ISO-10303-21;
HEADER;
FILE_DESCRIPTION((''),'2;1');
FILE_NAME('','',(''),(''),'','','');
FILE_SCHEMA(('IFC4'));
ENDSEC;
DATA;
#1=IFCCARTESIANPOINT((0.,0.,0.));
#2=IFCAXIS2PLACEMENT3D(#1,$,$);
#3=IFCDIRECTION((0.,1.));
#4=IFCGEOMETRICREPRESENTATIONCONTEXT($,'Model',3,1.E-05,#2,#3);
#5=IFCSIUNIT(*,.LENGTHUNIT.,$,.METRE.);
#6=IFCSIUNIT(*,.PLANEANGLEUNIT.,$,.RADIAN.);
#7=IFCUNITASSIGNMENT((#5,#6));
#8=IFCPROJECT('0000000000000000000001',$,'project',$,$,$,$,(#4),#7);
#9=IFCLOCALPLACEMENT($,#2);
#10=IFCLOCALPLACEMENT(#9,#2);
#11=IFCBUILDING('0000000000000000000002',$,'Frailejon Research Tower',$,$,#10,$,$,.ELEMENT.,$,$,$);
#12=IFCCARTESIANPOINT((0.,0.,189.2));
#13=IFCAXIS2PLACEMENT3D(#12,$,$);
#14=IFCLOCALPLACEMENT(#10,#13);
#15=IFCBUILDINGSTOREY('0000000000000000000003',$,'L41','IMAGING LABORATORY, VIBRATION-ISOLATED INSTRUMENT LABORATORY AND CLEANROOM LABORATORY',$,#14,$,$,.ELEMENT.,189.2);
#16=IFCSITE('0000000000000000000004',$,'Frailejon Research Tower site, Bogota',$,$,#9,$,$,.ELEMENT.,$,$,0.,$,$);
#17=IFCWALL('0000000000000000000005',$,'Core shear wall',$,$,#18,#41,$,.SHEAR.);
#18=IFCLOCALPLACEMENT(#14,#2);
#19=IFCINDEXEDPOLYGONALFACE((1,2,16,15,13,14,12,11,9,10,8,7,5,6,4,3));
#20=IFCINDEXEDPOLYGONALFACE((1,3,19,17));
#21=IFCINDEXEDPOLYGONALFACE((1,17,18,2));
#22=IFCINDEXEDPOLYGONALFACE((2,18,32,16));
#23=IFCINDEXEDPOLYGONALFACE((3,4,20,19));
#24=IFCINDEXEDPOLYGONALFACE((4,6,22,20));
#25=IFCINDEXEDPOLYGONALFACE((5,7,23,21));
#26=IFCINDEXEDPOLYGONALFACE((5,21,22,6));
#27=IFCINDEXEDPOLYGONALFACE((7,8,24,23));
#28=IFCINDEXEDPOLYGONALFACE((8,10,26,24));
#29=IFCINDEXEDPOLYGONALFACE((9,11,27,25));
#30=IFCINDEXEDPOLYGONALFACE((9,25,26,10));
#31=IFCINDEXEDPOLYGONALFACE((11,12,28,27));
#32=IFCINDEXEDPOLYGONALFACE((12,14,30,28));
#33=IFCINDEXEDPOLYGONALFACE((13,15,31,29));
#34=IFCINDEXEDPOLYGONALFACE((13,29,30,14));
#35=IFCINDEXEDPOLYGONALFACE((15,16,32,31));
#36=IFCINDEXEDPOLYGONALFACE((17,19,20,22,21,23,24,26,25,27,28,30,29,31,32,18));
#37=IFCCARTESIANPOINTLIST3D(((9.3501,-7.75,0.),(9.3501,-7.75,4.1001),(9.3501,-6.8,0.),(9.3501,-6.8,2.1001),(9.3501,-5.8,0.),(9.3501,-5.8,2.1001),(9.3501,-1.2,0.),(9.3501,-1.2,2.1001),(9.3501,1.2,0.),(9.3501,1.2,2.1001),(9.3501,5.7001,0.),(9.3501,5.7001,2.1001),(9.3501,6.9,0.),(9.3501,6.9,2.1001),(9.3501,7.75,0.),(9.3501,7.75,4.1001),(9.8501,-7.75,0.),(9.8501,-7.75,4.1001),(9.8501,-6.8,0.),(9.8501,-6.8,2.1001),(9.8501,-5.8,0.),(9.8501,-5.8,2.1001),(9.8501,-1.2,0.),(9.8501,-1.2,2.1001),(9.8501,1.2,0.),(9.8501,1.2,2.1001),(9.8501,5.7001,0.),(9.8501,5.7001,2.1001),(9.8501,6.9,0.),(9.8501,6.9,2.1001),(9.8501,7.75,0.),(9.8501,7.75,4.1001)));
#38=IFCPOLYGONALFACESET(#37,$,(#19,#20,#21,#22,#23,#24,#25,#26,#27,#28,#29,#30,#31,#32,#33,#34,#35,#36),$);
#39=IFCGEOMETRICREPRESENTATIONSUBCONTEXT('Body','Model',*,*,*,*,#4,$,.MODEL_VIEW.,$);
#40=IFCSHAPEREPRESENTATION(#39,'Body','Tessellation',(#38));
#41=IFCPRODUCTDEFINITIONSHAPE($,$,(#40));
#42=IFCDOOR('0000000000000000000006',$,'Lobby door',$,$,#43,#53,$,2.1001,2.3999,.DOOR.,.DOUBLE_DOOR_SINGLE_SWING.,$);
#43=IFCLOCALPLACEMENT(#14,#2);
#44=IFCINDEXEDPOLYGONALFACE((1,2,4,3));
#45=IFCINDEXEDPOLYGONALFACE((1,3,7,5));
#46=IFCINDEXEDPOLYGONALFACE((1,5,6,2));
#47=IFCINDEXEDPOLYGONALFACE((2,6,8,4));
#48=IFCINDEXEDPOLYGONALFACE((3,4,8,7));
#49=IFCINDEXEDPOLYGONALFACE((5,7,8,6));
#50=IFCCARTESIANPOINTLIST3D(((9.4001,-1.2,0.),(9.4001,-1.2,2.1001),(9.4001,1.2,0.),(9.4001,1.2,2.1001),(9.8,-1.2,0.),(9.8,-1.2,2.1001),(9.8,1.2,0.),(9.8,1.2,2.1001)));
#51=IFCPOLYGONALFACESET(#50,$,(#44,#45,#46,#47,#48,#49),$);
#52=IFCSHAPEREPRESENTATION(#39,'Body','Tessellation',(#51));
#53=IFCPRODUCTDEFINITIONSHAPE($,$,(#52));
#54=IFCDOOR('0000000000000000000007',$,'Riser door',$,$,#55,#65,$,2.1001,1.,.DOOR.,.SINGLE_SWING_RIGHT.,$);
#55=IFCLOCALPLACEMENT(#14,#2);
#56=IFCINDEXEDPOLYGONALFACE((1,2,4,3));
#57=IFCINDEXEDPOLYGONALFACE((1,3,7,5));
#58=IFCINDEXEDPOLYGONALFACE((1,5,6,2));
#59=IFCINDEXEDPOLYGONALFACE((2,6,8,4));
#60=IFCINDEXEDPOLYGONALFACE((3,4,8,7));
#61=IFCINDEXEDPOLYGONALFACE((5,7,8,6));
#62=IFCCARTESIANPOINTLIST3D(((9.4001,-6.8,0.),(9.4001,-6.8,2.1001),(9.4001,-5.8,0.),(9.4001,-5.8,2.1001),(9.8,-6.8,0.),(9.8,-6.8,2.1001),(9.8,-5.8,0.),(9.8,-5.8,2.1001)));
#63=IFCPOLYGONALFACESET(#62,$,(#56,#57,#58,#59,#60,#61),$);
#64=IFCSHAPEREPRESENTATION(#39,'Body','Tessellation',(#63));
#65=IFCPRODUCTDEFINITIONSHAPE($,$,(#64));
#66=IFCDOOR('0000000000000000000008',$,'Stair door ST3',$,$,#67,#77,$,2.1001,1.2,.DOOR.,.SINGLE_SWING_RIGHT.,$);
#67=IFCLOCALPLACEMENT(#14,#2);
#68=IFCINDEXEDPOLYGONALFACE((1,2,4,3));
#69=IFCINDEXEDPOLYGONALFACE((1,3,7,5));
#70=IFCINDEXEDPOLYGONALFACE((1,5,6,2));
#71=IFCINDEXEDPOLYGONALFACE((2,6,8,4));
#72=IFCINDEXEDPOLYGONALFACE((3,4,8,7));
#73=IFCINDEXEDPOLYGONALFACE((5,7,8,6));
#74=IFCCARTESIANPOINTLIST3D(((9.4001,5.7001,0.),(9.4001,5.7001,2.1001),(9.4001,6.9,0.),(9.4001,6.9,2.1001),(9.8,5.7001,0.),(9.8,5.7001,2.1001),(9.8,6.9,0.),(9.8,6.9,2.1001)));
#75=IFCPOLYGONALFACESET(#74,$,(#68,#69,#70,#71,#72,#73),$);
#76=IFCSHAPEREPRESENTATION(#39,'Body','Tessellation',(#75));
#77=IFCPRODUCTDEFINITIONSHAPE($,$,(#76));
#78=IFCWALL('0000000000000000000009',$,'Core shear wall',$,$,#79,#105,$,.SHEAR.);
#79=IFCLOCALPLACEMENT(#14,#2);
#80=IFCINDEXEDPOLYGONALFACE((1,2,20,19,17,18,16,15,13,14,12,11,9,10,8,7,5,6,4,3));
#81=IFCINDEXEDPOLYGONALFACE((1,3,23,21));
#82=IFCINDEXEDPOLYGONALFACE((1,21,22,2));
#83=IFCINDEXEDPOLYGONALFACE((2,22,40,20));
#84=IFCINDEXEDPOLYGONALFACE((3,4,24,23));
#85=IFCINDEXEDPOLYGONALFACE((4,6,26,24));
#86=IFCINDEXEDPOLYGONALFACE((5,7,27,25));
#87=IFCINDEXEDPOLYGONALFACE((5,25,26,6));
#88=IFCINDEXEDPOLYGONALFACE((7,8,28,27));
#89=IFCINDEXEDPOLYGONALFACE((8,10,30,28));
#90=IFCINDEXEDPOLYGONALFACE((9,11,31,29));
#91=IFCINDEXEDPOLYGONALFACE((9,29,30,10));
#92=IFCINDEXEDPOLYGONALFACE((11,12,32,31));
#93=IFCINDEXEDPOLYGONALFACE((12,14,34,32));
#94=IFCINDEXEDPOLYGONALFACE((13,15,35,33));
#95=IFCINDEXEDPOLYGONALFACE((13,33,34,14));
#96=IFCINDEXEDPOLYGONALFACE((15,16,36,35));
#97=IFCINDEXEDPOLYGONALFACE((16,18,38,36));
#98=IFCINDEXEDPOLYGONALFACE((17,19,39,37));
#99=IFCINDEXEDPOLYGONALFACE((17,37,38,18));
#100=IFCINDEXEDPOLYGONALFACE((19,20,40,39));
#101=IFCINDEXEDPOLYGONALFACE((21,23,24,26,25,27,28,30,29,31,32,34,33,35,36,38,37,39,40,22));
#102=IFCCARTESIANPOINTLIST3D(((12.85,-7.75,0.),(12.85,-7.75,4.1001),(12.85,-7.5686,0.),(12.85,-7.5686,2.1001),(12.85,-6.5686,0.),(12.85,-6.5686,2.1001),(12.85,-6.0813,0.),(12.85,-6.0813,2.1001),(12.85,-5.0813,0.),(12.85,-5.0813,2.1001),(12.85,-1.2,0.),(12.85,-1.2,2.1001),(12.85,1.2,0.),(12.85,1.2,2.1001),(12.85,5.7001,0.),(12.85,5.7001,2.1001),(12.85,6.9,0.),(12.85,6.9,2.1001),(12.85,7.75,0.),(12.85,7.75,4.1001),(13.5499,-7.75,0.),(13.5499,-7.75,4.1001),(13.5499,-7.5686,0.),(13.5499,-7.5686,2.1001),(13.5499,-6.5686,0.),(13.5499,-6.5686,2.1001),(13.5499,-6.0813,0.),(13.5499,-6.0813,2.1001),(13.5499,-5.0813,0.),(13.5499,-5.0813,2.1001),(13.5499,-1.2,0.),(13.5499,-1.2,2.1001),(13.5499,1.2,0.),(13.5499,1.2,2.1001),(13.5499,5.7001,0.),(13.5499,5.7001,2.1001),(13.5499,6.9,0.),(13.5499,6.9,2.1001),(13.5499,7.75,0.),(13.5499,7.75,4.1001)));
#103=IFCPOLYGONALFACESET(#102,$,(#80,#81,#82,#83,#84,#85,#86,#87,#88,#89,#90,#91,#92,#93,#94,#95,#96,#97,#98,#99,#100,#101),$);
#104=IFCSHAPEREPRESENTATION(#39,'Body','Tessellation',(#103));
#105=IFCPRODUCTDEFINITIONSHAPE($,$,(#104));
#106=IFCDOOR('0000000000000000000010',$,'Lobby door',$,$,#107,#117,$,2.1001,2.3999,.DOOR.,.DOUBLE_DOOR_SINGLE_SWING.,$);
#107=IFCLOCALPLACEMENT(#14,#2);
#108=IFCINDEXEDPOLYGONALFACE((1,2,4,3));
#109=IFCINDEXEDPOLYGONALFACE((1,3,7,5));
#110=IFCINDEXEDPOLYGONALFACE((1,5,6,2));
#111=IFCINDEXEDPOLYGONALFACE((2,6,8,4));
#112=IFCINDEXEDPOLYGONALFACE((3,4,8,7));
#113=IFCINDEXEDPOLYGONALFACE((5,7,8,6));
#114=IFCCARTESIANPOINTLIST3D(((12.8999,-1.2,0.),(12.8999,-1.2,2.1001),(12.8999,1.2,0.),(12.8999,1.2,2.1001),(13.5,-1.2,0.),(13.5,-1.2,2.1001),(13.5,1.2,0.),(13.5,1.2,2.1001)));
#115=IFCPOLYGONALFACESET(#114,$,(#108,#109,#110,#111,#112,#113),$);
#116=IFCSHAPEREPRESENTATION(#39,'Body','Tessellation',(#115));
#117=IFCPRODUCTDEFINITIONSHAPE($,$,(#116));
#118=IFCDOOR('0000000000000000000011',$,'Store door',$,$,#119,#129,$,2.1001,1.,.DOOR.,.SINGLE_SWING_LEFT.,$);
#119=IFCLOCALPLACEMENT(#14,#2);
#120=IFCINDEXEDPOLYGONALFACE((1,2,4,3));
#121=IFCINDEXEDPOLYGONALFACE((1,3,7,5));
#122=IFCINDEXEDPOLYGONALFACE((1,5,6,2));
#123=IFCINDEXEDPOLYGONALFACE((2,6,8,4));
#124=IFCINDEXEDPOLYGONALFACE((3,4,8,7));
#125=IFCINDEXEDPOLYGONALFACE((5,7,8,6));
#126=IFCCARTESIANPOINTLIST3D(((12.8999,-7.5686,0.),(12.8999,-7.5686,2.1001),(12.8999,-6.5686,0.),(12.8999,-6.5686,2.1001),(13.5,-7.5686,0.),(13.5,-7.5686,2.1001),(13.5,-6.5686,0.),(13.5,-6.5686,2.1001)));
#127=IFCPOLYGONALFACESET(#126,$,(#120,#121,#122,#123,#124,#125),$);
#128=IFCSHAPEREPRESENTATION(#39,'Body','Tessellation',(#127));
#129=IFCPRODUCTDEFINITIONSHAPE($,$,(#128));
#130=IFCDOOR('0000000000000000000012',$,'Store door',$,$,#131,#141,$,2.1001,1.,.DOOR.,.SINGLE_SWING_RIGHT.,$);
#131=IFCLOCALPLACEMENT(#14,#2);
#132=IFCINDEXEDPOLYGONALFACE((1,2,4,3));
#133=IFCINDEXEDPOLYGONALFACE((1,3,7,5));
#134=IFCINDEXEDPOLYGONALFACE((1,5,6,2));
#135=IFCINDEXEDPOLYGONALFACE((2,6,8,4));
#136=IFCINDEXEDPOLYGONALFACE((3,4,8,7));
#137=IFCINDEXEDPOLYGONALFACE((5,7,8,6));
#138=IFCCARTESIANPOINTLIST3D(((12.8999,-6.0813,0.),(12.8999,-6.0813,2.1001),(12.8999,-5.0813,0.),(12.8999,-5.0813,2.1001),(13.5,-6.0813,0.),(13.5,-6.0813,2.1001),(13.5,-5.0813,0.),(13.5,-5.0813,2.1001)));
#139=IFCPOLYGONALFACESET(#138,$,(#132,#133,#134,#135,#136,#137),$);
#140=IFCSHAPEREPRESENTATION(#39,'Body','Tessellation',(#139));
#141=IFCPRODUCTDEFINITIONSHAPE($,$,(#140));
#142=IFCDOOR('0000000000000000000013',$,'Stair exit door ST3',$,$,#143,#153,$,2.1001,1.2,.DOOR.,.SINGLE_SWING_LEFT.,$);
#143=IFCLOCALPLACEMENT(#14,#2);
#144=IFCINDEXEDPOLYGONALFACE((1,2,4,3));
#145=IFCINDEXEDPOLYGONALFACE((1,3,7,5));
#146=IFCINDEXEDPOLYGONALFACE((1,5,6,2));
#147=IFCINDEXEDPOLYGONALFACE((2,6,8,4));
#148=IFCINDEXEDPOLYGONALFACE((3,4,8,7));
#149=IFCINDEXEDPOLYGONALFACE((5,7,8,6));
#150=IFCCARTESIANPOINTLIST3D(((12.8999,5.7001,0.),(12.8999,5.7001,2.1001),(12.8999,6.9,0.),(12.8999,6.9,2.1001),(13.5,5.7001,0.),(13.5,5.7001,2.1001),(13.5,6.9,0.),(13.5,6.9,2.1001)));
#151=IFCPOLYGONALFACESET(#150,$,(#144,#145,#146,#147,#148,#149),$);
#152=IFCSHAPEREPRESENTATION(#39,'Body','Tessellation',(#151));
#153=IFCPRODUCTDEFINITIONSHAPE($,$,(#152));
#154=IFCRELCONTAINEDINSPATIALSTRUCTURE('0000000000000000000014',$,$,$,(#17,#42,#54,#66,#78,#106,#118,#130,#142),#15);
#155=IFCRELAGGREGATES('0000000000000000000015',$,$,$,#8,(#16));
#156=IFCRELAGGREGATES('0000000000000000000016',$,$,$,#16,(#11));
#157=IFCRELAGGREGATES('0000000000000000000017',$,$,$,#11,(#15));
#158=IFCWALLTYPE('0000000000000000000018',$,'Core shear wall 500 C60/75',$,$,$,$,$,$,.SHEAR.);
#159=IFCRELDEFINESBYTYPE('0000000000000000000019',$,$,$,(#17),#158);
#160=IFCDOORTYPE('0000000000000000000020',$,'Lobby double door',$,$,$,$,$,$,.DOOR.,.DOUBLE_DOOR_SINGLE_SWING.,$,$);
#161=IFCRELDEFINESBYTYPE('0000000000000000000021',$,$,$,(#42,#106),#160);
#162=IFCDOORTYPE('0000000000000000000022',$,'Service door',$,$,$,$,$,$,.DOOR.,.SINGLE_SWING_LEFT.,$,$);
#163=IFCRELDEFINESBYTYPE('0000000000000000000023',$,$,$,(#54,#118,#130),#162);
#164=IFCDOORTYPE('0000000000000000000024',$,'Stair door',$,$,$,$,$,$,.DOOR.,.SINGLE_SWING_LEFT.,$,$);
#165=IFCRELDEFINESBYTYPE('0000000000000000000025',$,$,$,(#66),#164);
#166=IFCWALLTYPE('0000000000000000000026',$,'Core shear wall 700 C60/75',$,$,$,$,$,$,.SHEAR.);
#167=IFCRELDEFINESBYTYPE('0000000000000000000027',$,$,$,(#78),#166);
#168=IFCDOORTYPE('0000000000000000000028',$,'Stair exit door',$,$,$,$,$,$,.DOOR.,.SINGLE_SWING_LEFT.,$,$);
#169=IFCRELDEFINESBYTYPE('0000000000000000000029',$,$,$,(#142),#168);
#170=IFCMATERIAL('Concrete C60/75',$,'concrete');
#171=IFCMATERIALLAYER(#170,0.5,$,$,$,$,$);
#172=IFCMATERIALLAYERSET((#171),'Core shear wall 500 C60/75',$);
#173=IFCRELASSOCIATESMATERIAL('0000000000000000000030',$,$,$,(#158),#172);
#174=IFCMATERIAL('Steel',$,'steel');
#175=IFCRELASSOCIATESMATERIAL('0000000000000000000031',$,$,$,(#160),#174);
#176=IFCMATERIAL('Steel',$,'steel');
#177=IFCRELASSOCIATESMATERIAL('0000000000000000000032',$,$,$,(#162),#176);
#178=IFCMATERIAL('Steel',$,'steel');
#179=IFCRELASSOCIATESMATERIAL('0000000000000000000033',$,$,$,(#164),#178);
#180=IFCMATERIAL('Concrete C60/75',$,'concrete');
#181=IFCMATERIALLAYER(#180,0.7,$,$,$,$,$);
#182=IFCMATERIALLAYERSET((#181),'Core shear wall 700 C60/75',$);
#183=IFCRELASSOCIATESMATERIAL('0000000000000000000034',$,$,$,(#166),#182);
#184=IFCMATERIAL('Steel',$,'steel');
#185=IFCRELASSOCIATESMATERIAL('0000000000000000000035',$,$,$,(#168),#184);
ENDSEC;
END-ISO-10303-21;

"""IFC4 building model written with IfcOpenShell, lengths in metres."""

from ifc_helpers import new_model, si_unit, direction, frame, frame_2d, origin, place, context, subcontext, project, spatial, rectangle, extrude, material, layer, layer_set, type_object, element, fill, save


model = new_model("IFC4")

# Units and contexts
model_context = context("Model", 3, precision=1e-05, world=origin(), true_north=direction((0.0, 1.0)))
body_context = subcontext(model_context, "Body", "Model", "MODEL_VIEW")
ifc_project = project(units=[si_unit("LENGTHUNIT", "METRE"), si_unit("PLANEANGLEUNIT", "RADIAN")], contexts=[model_context])

# Site, building, storey
site_placement = place(None, origin())
site = spatial("IfcSite", under=ifc_project, at=site_placement, Name="Frailejon Research Tower site, Bogota", CompositionType="ELEMENT", RefElevation=0.0)
building_placement = place(site_placement, origin())
building = spatial("IfcBuilding", under=site, at=building_placement, Name="Frailejon Research Tower", CompositionType="ELEMENT")
storey_placement = place(building_placement, frame((0.0, 0.0, 189.2)))
storey = spatial("IfcBuildingStorey", under=building, at=storey_placement, Name="L41", Description="IMAGING LABORATORY, VIBRATION-ISOLATED INSTRUMENT LABORATORY AND CLEANROOM LABORATORY", CompositionType="ELEMENT", Elevation=189.2)

# Walls, openings, doors
ifc_material_1 = material(Name="Concrete C60/75", Category="concrete")
ifc_layer_1 = layer(ifc_material_1, 0.5)
ifc_layer_set_1 = layer_set([ifc_layer_1], Name="Core shear wall 500 C60/75")
wall_type_1 = type_object("IfcWallType", Name="Core shear wall 500 C60/75", PredefinedType="SHEAR", material=ifc_layer_set_1)
wall_1_placement = place(storey_placement, frame((9.6001, -7.75, 0.0), z_axis=(0.0, 0.0, 1.0), x_axis=(0.0, 1.0, 0.0)))
wall_1 = element("IfcWall", 1, at=wall_1_placement, inside=storey, type_object=wall_type_1, Name="Core shear wall", PredefinedType="SHEAR", context=body_context, shape_type="SweptSolid", body=[
    extrude(rectangle(XDim=15.5, YDim=0.5, at=frame_2d((7.75, 0.0))), origin(), (0.0, 0.0, 1.0), 4.1001),
])
opening_1_placement = place(wall_1_placement, frame((6.55, 0.0, 0.0)))
opening_1 = element("IfcOpeningElement", 2, at=opening_1_placement, cuts=wall_1, PredefinedType="OPENING", context=body_context, shape_type="SweptSolid", body=[
    extrude(rectangle(XDim=2.3999, YDim=2.1001, at=frame_2d((1.2, 1.05))), frame((0.0, 0.26, 0.0), z_axis=(0.0, -1.0, 0.0), x_axis=(1.0, 0.0, 0.0)), (0.0, 0.0, 1.0), 0.52),
])
opening_2_placement = place(wall_1_placement, frame((13.45, 0.0, 0.0)))
opening_2 = element("IfcOpeningElement", 3, at=opening_2_placement, cuts=wall_1, PredefinedType="OPENING", context=body_context, shape_type="SweptSolid", body=[
    extrude(rectangle(XDim=1.2, YDim=2.1001, at=frame_2d((0.6001, 1.05))), frame((0.0, 0.26, 0.0), z_axis=(0.0, -1.0, 0.0), x_axis=(1.0, 0.0, 0.0)), (0.0, 0.0, 1.0), 0.52),
])
opening_3_placement = place(wall_1_placement, frame((0.95, 0.0, 0.0)))
opening_3 = element("IfcOpeningElement", 4, at=opening_3_placement, cuts=wall_1, PredefinedType="OPENING", context=body_context, shape_type="SweptSolid", body=[
    extrude(rectangle(XDim=1.0, YDim=2.1001, at=frame_2d((0.5, 1.05))), frame((0.0, 0.26, 0.0), z_axis=(0.0, -1.0, 0.0), x_axis=(1.0, 0.0, 0.0)), (0.0, 0.0, 1.0), 0.52),
])
ifc_material_2 = material(Name="Steel", Category="steel")
door_type_1 = type_object("IfcDoorType", Name="Lobby double door", OperationType="DOUBLE_DOOR_SINGLE_SWING", PredefinedType="DOOR", material=ifc_material_2)
door_1_placement = place(opening_1_placement, origin())
door_1 = element("IfcDoor", 5, at=door_1_placement, inside=storey, type_object=door_type_1, Name="Lobby door", OperationType="DOUBLE_DOOR_SINGLE_SWING", OverallHeight=2.1001, OverallWidth=2.3999, PredefinedType="DOOR", context=body_context, shape_type="SweptSolid", body=[
    extrude(rectangle(XDim=2.3999, YDim=2.1001, at=frame_2d((1.2, 1.05))), frame((0.0, 0.2, 0.0), z_axis=(0.0, -1.0, 0.0), x_axis=(1.0, 0.0, 0.0)), (0.0, 0.0, 1.0), 0.3999),
])
fill(opening_1, door_1)
ifc_material_3 = material(Name="Steel", Category="steel")
door_type_2 = type_object("IfcDoorType", Name="Service door", OperationType="SINGLE_SWING_LEFT", PredefinedType="DOOR", material=ifc_material_3)
door_2_placement = place(opening_3_placement, origin())
door_2 = element("IfcDoor", 6, at=door_2_placement, inside=storey, type_object=door_type_2, Name="Riser door", OperationType="SINGLE_SWING_RIGHT", OverallHeight=2.1001, OverallWidth=1.0, PredefinedType="DOOR", context=body_context, shape_type="SweptSolid", body=[
    extrude(rectangle(XDim=1.0, YDim=2.1001, at=frame_2d((0.5, 1.05))), frame((0.0, 0.2, 0.0), z_axis=(0.0, -1.0, 0.0), x_axis=(1.0, 0.0, 0.0)), (0.0, 0.0, 1.0), 0.3999),
])
fill(opening_3, door_2)
ifc_material_4 = material(Name="Steel", Category="steel")
door_type_3 = type_object("IfcDoorType", Name="Stair door", OperationType="SINGLE_SWING_LEFT", PredefinedType="DOOR", material=ifc_material_4)
door_3_placement = place(opening_2_placement, origin())
door_3 = element("IfcDoor", 7, at=door_3_placement, inside=storey, type_object=door_type_3, Name="Stair door ST3", OperationType="SINGLE_SWING_RIGHT", OverallHeight=2.1001, OverallWidth=1.2, PredefinedType="DOOR", context=body_context, shape_type="SweptSolid", body=[
    extrude(rectangle(XDim=1.2, YDim=2.1001, at=frame_2d((0.6001, 1.05))), frame((0.0, 0.2, 0.0), z_axis=(0.0, -1.0, 0.0), x_axis=(1.0, 0.0, 0.0)), (0.0, 0.0, 1.0), 0.3999),
])
fill(opening_2, door_3)
ifc_material_5 = material(Name="Concrete C60/75", Category="concrete")
ifc_layer_2 = layer(ifc_material_5, 0.7)
ifc_layer_set_2 = layer_set([ifc_layer_2], Name="Core shear wall 700 C60/75")
wall_type_2 = type_object("IfcWallType", Name="Core shear wall 700 C60/75", PredefinedType="SHEAR", material=ifc_layer_set_2)
wall_2_placement = place(storey_placement, frame((13.2, -7.75, 0.0), z_axis=(0.0, 0.0, 1.0), x_axis=(0.0, 1.0, 0.0)))
wall_2 = element("IfcWall", 8, at=wall_2_placement, inside=storey, type_object=wall_type_2, Name="Core shear wall", PredefinedType="SHEAR", context=body_context, shape_type="SweptSolid", body=[
    extrude(rectangle(XDim=15.5, YDim=0.7, at=frame_2d((7.75, 0.0))), origin(), (0.0, 0.0, 1.0), 4.1001),
])
opening_4_placement = place(wall_2_placement, frame((6.55, 0.0, 0.0)))
opening_4 = element("IfcOpeningElement", 9, at=opening_4_placement, cuts=wall_2, PredefinedType="OPENING", context=body_context, shape_type="SweptSolid", body=[
    extrude(rectangle(XDim=2.3999, YDim=2.1001, at=frame_2d((1.2, 1.05))), frame((0.0, 0.3599, 0.0), z_axis=(0.0, -1.0, 0.0), x_axis=(1.0, 0.0, 0.0)), (0.0, 0.0, 1.0), 0.72),
])
opening_5_placement = place(wall_2_placement, frame((13.45, 0.0, 0.0)))
opening_5 = element("IfcOpeningElement", 10, at=opening_5_placement, cuts=wall_2, PredefinedType="OPENING", context=body_context, shape_type="SweptSolid", body=[
    extrude(rectangle(XDim=1.2, YDim=2.1001, at=frame_2d((0.6001, 1.05))), frame((0.0, 0.3599, 0.0), z_axis=(0.0, -1.0, 0.0), x_axis=(1.0, 0.0, 0.0)), (0.0, 0.0, 1.0), 0.72),
])
opening_6_placement = place(wall_2_placement, frame((0.1814, 0.0, 0.0)))
opening_6 = element("IfcOpeningElement", 11, at=opening_6_placement, cuts=wall_2, PredefinedType="OPENING", context=body_context, shape_type="SweptSolid", body=[
    extrude(rectangle(XDim=1.0, YDim=2.1001, at=frame_2d((0.5, 1.05))), frame((0.0, 0.3599, 0.0), z_axis=(0.0, -1.0, 0.0), x_axis=(1.0, 0.0, 0.0)), (0.0, 0.0, 1.0), 0.72),
])
opening_7_placement = place(wall_2_placement, frame((1.6687, 0.0, 0.0)))
opening_7 = element("IfcOpeningElement", 12, at=opening_7_placement, cuts=wall_2, PredefinedType="OPENING", context=body_context, shape_type="SweptSolid", body=[
    extrude(rectangle(XDim=1.0, YDim=2.1001, at=frame_2d((0.5, 1.05))), frame((0.0, 0.3599, 0.0), z_axis=(0.0, -1.0, 0.0), x_axis=(1.0, 0.0, 0.0)), (0.0, 0.0, 1.0), 0.72),
])
door_4_placement = place(opening_4_placement, origin())
door_4 = element("IfcDoor", 13, at=door_4_placement, inside=storey, type_object=door_type_1, Name="Lobby door", OperationType="DOUBLE_DOOR_SINGLE_SWING", OverallHeight=2.1001, OverallWidth=2.3999, PredefinedType="DOOR", context=body_context, shape_type="SweptSolid", body=[
    extrude(rectangle(XDim=2.3999, YDim=2.1001, at=frame_2d((1.2, 1.05))), frame((0.0, 0.3, 0.0), z_axis=(0.0, -1.0, 0.0), x_axis=(1.0, 0.0, 0.0)), (0.0, 0.0, 1.0), 0.6001),
])
fill(opening_4, door_4)
door_5_placement = place(opening_6_placement, origin())
door_5 = element("IfcDoor", 14, at=door_5_placement, inside=storey, type_object=door_type_2, Name="Store door", OperationType="SINGLE_SWING_LEFT", OverallHeight=2.1001, OverallWidth=1.0, PredefinedType="DOOR", context=body_context, shape_type="SweptSolid", body=[
    extrude(rectangle(XDim=1.0, YDim=2.1001, at=frame_2d((0.5, 1.05))), frame((0.0, 0.3, 0.0), z_axis=(0.0, -1.0, 0.0), x_axis=(1.0, 0.0, 0.0)), (0.0, 0.0, 1.0), 0.6001),
])
fill(opening_6, door_5)
door_6_placement = place(opening_7_placement, origin())
door_6 = element("IfcDoor", 15, at=door_6_placement, inside=storey, type_object=door_type_2, Name="Store door", OperationType="SINGLE_SWING_RIGHT", OverallHeight=2.1001, OverallWidth=1.0, PredefinedType="DOOR", context=body_context, shape_type="SweptSolid", body=[
    extrude(rectangle(XDim=1.0, YDim=2.1001, at=frame_2d((0.5, 1.05))), frame((0.0, 0.3, 0.0), z_axis=(0.0, -1.0, 0.0), x_axis=(1.0, 0.0, 0.0)), (0.0, 0.0, 1.0), 0.6001),
])
fill(opening_7, door_6)
ifc_material_6 = material(Name="Steel", Category="steel")
door_type_4 = type_object("IfcDoorType", Name="Stair exit door", OperationType="SINGLE_SWING_LEFT", PredefinedType="DOOR", material=ifc_material_6)
door_7_placement = place(opening_5_placement, origin())
door_7 = element("IfcDoor", 16, at=door_7_placement, inside=storey, type_object=door_type_4, Name="Stair exit door ST3", OperationType="SINGLE_SWING_LEFT", OverallHeight=2.1001, OverallWidth=1.2, PredefinedType="DOOR", context=body_context, shape_type="SweptSolid", body=[
    extrude(rectangle(XDim=1.2, YDim=2.1001, at=frame_2d((0.6001, 1.05))), frame((0.0, 0.3, 0.0), z_axis=(0.0, -1.0, 0.0), x_axis=(1.0, 0.0, 0.0)), (0.0, 0.0, 1.0), 0.6001),
])
fill(opening_5, door_7)

save(model, "model.ifc")
